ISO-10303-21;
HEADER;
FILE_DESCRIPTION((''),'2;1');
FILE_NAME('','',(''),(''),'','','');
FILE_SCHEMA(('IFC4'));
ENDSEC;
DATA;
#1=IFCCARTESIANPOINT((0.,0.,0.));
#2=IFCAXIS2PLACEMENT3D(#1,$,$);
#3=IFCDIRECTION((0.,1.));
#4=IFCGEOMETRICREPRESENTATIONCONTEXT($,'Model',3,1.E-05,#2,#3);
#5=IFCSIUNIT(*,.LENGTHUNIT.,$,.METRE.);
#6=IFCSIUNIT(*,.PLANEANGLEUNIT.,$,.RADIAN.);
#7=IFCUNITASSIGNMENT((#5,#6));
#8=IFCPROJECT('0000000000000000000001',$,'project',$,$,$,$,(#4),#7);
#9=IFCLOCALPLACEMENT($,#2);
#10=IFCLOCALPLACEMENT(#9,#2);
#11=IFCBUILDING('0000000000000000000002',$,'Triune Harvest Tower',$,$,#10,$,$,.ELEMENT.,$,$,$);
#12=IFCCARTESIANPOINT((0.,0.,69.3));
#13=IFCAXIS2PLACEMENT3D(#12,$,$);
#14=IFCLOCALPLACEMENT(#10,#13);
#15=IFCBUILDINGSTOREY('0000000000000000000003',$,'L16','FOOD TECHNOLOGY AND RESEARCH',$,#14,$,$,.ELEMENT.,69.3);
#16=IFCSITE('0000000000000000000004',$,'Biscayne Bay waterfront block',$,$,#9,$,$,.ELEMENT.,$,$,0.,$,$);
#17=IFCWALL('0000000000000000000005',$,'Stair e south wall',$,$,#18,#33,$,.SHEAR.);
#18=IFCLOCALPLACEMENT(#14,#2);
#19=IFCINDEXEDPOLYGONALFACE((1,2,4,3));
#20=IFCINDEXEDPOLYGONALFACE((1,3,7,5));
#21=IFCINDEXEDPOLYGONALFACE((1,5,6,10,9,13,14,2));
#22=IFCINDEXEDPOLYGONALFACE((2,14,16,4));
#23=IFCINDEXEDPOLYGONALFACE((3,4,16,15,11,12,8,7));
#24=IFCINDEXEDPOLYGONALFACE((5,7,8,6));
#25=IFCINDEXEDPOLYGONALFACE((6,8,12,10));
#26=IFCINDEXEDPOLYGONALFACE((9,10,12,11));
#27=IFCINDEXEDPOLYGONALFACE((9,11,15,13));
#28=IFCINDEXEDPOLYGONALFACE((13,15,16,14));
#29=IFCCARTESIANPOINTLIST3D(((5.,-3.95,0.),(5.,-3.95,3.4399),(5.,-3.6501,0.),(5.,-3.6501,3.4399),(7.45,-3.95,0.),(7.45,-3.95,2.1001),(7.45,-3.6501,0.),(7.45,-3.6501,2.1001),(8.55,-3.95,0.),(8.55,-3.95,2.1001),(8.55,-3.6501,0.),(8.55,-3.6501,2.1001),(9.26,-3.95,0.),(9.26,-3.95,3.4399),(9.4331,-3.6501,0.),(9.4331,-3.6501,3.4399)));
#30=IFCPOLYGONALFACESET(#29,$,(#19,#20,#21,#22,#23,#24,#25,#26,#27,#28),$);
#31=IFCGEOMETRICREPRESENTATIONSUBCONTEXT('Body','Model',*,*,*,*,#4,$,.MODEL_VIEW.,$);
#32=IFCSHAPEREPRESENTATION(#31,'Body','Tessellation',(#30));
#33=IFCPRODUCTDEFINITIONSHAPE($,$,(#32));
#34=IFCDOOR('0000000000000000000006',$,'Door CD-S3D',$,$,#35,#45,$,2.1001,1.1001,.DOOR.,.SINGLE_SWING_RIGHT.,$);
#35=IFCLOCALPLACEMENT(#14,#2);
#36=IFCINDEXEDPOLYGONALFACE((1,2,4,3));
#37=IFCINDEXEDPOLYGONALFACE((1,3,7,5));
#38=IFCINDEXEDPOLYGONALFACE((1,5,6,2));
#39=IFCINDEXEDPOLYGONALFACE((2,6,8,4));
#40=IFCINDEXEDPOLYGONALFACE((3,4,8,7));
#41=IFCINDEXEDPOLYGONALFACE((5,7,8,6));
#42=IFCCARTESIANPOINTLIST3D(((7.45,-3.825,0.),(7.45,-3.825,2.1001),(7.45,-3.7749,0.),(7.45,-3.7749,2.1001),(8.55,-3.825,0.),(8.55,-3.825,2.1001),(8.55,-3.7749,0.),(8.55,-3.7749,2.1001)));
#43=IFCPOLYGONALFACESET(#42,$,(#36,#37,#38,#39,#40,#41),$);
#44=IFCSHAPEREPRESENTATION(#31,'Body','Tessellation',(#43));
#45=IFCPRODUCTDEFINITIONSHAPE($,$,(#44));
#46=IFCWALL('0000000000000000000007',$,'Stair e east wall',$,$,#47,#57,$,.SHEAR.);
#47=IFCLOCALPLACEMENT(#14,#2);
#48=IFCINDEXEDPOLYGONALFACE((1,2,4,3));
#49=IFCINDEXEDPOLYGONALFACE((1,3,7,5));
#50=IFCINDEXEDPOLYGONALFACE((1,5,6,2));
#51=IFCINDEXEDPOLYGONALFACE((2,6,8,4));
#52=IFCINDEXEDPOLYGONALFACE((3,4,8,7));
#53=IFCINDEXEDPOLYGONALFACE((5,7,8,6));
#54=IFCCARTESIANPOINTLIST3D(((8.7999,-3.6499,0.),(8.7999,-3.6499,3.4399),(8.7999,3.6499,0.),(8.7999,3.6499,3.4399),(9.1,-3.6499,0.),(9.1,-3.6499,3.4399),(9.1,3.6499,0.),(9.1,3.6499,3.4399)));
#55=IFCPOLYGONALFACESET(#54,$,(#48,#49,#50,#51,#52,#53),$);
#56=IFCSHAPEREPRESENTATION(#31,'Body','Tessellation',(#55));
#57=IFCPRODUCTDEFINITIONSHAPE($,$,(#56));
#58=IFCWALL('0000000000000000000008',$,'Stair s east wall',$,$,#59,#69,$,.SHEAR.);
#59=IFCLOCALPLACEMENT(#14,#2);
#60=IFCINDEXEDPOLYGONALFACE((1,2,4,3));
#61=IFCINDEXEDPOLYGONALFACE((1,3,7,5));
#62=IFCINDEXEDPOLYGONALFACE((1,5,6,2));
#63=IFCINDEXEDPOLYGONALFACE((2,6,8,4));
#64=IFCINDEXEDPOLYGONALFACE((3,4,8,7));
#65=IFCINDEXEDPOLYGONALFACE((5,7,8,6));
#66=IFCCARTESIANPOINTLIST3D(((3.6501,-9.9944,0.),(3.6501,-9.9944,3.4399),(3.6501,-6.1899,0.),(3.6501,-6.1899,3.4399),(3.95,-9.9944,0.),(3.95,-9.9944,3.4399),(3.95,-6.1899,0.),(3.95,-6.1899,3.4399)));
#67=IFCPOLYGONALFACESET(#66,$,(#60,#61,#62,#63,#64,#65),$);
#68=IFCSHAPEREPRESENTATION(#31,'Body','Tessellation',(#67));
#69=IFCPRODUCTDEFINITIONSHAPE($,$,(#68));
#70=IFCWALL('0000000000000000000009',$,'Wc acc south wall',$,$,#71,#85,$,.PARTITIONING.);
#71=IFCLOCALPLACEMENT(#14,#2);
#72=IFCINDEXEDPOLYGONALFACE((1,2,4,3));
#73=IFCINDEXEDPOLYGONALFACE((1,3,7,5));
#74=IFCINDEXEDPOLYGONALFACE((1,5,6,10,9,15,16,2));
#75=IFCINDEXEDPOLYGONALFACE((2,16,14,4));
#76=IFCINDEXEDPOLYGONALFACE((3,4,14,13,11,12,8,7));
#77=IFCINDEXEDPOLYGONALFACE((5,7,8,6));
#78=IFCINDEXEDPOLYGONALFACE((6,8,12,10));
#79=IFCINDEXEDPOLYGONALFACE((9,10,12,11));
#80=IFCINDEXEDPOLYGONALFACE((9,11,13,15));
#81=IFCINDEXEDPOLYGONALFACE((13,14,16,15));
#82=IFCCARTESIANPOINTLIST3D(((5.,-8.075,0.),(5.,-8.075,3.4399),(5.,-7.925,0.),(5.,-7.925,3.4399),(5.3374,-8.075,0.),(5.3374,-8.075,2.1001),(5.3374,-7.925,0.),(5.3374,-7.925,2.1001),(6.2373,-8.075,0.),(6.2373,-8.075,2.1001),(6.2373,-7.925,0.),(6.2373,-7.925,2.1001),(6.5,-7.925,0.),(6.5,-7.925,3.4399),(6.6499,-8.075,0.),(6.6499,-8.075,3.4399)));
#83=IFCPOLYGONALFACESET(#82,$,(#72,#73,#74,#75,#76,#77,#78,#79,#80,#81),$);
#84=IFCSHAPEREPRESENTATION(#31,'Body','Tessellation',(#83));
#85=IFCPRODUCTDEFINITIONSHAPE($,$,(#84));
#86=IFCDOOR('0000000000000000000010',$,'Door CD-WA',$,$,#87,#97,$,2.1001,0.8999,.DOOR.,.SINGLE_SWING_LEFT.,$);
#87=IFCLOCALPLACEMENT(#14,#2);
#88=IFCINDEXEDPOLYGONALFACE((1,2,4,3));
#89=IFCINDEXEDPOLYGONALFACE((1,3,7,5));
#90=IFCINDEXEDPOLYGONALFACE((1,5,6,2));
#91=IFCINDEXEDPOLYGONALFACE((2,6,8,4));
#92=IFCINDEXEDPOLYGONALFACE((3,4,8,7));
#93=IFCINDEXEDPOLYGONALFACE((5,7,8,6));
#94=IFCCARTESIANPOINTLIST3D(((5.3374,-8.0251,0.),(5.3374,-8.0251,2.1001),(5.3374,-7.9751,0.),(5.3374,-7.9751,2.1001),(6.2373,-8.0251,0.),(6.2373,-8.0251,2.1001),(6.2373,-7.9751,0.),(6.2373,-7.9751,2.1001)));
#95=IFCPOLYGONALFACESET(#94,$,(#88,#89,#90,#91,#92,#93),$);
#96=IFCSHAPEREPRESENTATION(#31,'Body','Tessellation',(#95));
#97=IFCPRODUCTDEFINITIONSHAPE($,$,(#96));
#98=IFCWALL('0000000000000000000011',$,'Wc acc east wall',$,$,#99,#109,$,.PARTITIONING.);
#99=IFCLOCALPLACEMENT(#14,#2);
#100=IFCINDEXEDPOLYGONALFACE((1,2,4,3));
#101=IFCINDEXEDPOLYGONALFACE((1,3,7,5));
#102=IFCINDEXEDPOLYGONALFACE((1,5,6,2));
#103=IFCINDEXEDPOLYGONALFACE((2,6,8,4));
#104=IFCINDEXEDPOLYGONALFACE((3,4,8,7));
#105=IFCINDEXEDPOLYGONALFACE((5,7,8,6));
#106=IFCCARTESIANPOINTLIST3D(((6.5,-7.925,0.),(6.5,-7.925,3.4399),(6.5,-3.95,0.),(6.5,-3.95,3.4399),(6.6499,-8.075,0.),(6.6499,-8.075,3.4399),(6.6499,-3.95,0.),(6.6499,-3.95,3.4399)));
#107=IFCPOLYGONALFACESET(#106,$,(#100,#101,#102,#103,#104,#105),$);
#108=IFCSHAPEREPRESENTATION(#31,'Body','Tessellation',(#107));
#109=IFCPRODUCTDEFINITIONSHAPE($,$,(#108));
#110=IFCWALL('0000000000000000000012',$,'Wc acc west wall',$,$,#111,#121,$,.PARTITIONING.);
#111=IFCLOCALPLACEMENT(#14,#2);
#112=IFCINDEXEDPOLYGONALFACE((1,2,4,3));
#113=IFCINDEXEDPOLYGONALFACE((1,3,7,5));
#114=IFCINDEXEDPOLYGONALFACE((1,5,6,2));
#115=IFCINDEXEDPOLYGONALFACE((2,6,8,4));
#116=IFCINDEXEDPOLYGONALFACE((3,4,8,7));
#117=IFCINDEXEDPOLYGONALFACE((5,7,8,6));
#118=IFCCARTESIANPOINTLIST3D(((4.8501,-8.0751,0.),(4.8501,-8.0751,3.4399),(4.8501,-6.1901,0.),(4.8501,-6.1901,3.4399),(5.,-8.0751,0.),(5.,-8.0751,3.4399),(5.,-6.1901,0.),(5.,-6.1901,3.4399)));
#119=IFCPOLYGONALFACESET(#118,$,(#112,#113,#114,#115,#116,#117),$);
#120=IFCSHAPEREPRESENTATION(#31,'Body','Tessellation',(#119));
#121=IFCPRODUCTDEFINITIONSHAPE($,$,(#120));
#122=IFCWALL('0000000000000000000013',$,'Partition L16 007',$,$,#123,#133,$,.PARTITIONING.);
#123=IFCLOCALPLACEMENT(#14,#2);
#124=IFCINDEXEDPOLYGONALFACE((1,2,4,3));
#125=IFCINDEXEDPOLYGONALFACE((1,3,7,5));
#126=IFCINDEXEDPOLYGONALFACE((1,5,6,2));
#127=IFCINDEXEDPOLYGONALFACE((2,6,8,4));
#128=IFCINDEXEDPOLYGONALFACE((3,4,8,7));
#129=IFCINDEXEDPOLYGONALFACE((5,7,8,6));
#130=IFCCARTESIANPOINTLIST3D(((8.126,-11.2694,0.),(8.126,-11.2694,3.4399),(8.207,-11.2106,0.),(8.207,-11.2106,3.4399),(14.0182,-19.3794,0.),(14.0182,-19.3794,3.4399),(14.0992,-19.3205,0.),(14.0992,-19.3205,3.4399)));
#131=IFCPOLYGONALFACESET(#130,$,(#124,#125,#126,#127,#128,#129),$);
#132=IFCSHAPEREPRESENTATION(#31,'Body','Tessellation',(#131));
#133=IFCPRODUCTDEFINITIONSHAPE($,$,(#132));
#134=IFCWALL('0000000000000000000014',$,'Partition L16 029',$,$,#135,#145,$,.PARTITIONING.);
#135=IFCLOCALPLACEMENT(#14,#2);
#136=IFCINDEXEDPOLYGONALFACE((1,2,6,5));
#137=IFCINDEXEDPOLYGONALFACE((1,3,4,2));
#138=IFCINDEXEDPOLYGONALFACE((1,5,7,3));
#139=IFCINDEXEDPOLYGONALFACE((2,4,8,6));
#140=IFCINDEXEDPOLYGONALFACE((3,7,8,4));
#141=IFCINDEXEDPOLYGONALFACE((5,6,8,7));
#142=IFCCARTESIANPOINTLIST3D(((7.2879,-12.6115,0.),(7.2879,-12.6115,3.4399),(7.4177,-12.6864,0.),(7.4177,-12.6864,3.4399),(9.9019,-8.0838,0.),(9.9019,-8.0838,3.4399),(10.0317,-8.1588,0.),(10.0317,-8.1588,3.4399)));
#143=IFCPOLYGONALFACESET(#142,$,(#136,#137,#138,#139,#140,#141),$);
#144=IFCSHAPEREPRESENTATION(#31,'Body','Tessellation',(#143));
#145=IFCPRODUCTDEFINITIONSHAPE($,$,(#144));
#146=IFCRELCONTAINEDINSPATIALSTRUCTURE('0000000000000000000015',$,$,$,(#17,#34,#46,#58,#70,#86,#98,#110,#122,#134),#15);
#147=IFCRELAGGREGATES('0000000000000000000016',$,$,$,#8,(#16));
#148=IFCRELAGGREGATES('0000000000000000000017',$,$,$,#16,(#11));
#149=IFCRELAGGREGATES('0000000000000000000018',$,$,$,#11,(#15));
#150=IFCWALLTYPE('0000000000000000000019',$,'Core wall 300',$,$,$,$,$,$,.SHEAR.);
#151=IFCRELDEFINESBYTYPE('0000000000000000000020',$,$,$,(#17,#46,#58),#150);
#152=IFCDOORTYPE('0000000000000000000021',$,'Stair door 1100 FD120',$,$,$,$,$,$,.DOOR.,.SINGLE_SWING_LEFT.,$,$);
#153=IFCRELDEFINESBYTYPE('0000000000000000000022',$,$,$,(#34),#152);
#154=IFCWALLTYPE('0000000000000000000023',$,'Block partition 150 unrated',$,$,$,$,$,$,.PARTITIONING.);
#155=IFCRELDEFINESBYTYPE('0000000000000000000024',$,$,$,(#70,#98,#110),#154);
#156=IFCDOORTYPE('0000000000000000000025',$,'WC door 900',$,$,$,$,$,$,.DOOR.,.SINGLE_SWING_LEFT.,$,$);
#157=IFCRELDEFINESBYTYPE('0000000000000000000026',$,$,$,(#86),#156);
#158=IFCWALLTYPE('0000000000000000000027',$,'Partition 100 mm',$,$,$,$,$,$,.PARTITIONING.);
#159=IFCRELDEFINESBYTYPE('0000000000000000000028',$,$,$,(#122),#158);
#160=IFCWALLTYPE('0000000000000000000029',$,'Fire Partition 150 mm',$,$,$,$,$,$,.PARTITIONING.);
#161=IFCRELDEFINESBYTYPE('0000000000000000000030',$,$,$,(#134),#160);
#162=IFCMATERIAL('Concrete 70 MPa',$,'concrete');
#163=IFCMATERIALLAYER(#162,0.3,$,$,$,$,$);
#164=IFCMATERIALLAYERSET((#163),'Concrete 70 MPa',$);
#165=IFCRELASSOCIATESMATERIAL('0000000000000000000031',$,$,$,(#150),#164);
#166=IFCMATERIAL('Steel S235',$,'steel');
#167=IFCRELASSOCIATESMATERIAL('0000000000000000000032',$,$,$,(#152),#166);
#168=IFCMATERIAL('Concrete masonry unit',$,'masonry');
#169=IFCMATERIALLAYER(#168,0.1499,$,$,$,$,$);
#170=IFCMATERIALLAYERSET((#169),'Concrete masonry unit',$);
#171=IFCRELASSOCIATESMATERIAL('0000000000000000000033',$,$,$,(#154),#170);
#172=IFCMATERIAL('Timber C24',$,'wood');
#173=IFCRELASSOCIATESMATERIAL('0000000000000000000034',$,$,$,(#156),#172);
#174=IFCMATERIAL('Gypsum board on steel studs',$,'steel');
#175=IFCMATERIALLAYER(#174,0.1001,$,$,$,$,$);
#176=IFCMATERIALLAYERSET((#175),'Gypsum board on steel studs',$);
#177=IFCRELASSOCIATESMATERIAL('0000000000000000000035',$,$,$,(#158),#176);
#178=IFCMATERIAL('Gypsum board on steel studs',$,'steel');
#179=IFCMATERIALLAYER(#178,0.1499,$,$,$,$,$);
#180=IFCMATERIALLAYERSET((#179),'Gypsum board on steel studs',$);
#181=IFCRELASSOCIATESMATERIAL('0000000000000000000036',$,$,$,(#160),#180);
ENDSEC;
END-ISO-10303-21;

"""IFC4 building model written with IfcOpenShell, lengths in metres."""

from ifc_helpers import new_model, si_unit, direction, frame, frame_2d, origin, place, context, subcontext, project, spatial, polyline, rectangle, outline, extrude, source, transform, mapped, material, layer, layer_set, type_object, element, fill, save


model = new_model("IFC4")

# Units and contexts
model_context = context("Model", 3, precision=1e-05, world=origin(), true_north=direction((0.0, 1.0)))
body_context = subcontext(model_context, "Body", "Model", "MODEL_VIEW")
ifc_project = project(units=[si_unit("LENGTHUNIT", "METRE"), si_unit("PLANEANGLEUNIT", "RADIAN")], contexts=[model_context])

# Site, building, storey
site_placement = place(None, origin())
site = spatial("IfcSite", under=ifc_project, at=site_placement, Name="Biscayne Bay waterfront block", CompositionType="ELEMENT", RefElevation=0.0)
building_placement = place(site_placement, origin())
building = spatial("IfcBuilding", under=site, at=building_placement, Name="Triune Harvest Tower", CompositionType="ELEMENT")
storey_placement = place(building_placement, frame((0.0, 0.0, 69.3)))
storey = spatial("IfcBuildingStorey", under=building, at=storey_placement, Name="L16", Description="FOOD TECHNOLOGY AND RESEARCH", CompositionType="ELEMENT", Elevation=69.3)

# Shared definitions
ifc_material_1 = material(Name="Concrete 70 MPa", Category="concrete")
ifc_layer_1 = layer(ifc_material_1, 0.3)
ifc_layer_set_1 = layer_set([ifc_layer_1], Name="Concrete 70 MPa")
wall_type_1 = type_object("IfcWallType", Name="Core wall 300", PredefinedType="SHEAR", material=ifc_layer_set_1)

# Wall, opening, door
ifc_material_2 = material(Name="Steel S235", Category="steel")
door_type_1 = type_object("IfcDoorType", Name="Stair door 1100 FD120", OperationType="SINGLE_SWING_LEFT", PredefinedType="DOOR", material=ifc_material_2)
shared_shape_1 = source(origin(), body_context, "Body", "SweptSolid", [
    extrude(outline(polyline([(0.0, -0.1499), (0.0, 0.1499), (4.4331, 0.1499), (4.26, -0.1499), (0.0, -0.1499)])), origin(), (0.0, 0.0, 1.0), 3.4399),
])
wall_1_placement = place(storey_placement, frame((5.0, -3.8, 0.0), z_axis=(0.0, 0.0, 1.0), x_axis=(1.0, 0.0, 0.0)))
wall_1 = element("IfcWall", 1, at=wall_1_placement, inside=storey, type_object=wall_type_1, Name="Stair e south wall", PredefinedType="SHEAR", context=body_context, shape_type="MappedRepresentation", body=[
    mapped(shared_shape_1, transform((0.0, 0.0, 0.0), scale=1.0)),
])
opening_1_placement = place(wall_1_placement, frame((2.45, 0.0, 0.0)))
opening_1 = element("IfcOpeningElement", 2, at=opening_1_placement, cuts=wall_1, PredefinedType="OPENING", context=body_context, shape_type="SweptSolid", body=[
    extrude(rectangle(XDim=1.1001, YDim=2.1001, at=frame_2d((0.55, 1.05))), frame((0.0, 0.1602, 0.0), z_axis=(0.0, -1.0, 0.0), x_axis=(1.0, 0.0, 0.0)), (0.0, 0.0, 1.0), 0.3201),
])
door_1_placement = place(opening_1_placement, frame((1.1001, 0.0, 0.0), z_axis=(0.0, 0.0, 1.0), x_axis=(-1.0, 0.0, 0.0)))
door_1 = element("IfcDoor", 3, at=door_1_placement, inside=storey, type_object=door_type_1, Name="Door CD-S3D", OperationType="SINGLE_SWING_RIGHT", OverallHeight=2.1001, OverallWidth=1.1001, PredefinedType="DOOR", context=body_context, shape_type="SweptSolid", body=[
    extrude(rectangle(XDim=1.1001, YDim=2.1001, at=frame_2d((0.55, 1.05))), frame((0.0, 0.0249, 0.0), z_axis=(0.0, -1.0, 0.0), x_axis=(1.0, 0.0, 0.0)), (0.0, 0.0, 1.0), 0.05),
])
fill(opening_1, door_1)

# Walls
shared_shape_2 = source(origin(), body_context, "Body", "SweptSolid", [
    extrude(rectangle(XDim=7.2998, YDim=0.3, at=frame_2d((3.6499, 0.0))), origin(), (0.0, 0.0, 1.0), 3.4399),
])
wall_2_placement = place(storey_placement, frame((8.95, -3.6499, 0.0), z_axis=(0.0, 0.0, 1.0), x_axis=(0.0, 1.0, 0.0)))
element("IfcWall", 4, at=wall_2_placement, inside=storey, type_object=wall_type_1, Name="Stair e east wall", PredefinedType="SHEAR", context=body_context, shape_type="MappedRepresentation", body=[
    mapped(shared_shape_2, transform((0.0, 0.0, 0.0), scale=1.0)),
])
shared_shape_3 = source(origin(), body_context, "Body", "SweptSolid", [
    extrude(outline(polyline([(3.8, -0.1499), (-0.0044, -0.1499), (-0.0044, 0.1499), (3.8, 0.1499), (3.8, -0.1499)])), origin(), (0.0, 0.0, 1.0), 3.4399),
])
wall_3_placement = place(storey_placement, frame((3.8, -9.99, 0.0), z_axis=(0.0, 0.0, 1.0), x_axis=(0.0, 1.0, 0.0)))
element("IfcWall", 5, at=wall_3_placement, inside=storey, type_object=wall_type_1, Name="Stair s east wall", PredefinedType="SHEAR", context=body_context, shape_type="MappedRepresentation", body=[
    mapped(shared_shape_3, transform((0.0, 0.0, 0.0), scale=1.0)),
])

# Wall, opening, door
ifc_material_3 = material(Name="Concrete masonry unit", Category="masonry")
ifc_layer_2 = layer(ifc_material_3, 0.1499)
ifc_layer_set_2 = layer_set([ifc_layer_2], Name="Concrete masonry unit")
wall_type_2 = type_object("IfcWallType", Name="Block partition 150 unrated", PredefinedType="PARTITIONING", material=ifc_layer_set_2)
shared_shape_4 = source(origin(), body_context, "Body", "SweptSolid", [
    extrude(outline(polyline([(0.0, -0.075), (1.6499, -0.075), (1.5, 0.075), (0.0, 0.075), (0.0, -0.075)])), origin(), (0.0, 0.0, 1.0), 3.4399),
])
wall_4_placement = place(storey_placement, frame((5.0, -8.0, 0.0), z_axis=(0.0, 0.0, 1.0), x_axis=(1.0, 0.0, 0.0)))
wall_4 = element("IfcWall", 6, at=wall_4_placement, inside=storey, type_object=wall_type_2, Name="Wc acc south wall", PredefinedType="PARTITIONING", context=body_context, shape_type="MappedRepresentation", body=[
    mapped(shared_shape_4, transform((0.0, 0.0, 0.0), scale=1.0)),
])
opening_2_placement = place(wall_4_placement, frame((0.3374, 0.0, 0.0)))
opening_2 = element("IfcOpeningElement", 7, at=opening_2_placement, cuts=wall_4, PredefinedType="OPENING", context=body_context, shape_type="SweptSolid", body=[
    extrude(rectangle(XDim=0.8999, YDim=2.1001, at=frame_2d((0.45, 1.05))), frame((0.0, 0.085, 0.0), z_axis=(0.0, -1.0, 0.0), x_axis=(1.0, 0.0, 0.0)), (0.0, 0.0, 1.0), 0.1699),
])
ifc_material_4 = material(Name="Timber C24", Category="wood")
door_type_2 = type_object("IfcDoorType", Name="WC door 900", OperationType="SINGLE_SWING_LEFT", PredefinedType="DOOR", material=ifc_material_4)
door_2_placement = place(opening_2_placement, origin())
door_2 = element("IfcDoor", 8, at=door_2_placement, inside=storey, type_object=door_type_2, Name="Door CD-WA", OperationType="SINGLE_SWING_LEFT", OverallHeight=2.1001, OverallWidth=0.8999, PredefinedType="DOOR", context=body_context, shape_type="SweptSolid", body=[
    extrude(rectangle(XDim=0.8999, YDim=2.1001, at=frame_2d((0.45, 1.05))), frame((0.0, 0.0249, 0.0), z_axis=(0.0, -1.0, 0.0), x_axis=(1.0, 0.0, 0.0)), (0.0, 0.0, 1.0), 0.05),
])
fill(opening_2, door_2)

# Walls
shared_shape_5 = source(origin(), body_context, "Body", "SweptSolid", [
    extrude(outline(polyline([(-0.075, -0.075), (4.05, -0.075), (4.05, 0.075), (0.075, 0.075), (-0.075, -0.075)])), origin(), (0.0, 0.0, 1.0), 3.4399),
])
wall_5_placement = place(storey_placement, frame((6.575, -8.0, 0.0), z_axis=(0.0, 0.0, 1.0), x_axis=(0.0, 1.0, 0.0)))
element("IfcWall", 9, at=wall_5_placement, inside=storey, type_object=wall_type_2, Name="Wc acc east wall", PredefinedType="PARTITIONING", context=body_context, shape_type="MappedRepresentation", body=[
    mapped(shared_shape_5, transform((0.0, 0.0, 0.0), scale=1.0)),
])
shared_shape_6 = source(origin(), body_context, "Body", "SweptSolid", [
    extrude(rectangle(XDim=1.885, YDim=0.1499, at=frame_2d((0.9424, 0.0))), origin(), (0.0, 0.0, 1.0), 3.4399),
])
wall_6_placement = place(storey_placement, frame((4.925, -8.075, 0.0), z_axis=(0.0, 0.0, 1.0), x_axis=(0.0, 1.0, 0.0)))
element("IfcWall", 10, at=wall_6_placement, inside=storey, type_object=wall_type_2, Name="Wc acc west wall", PredefinedType="PARTITIONING", context=body_context, shape_type="MappedRepresentation", body=[
    mapped(shared_shape_6, transform((0.0, 0.0, 0.0), scale=1.0)),
])
ifc_material_5 = material(Name="Gypsum board on steel studs", Category="steel")
ifc_layer_3 = layer(ifc_material_5, 0.1001)
ifc_layer_set_3 = layer_set([ifc_layer_3], Name="Gypsum board on steel studs")
wall_type_3 = type_object("IfcWallType", Name="Partition 100 mm", PredefinedType="PARTITIONING", material=ifc_layer_set_3)
shared_shape_7 = source(origin(), body_context, "Body", "SweptSolid", [
    extrude(rectangle(XDim=10.0244, YDim=0.1001, at=frame_2d((5.0122, 0.0))), origin(), (0.0, 0.0, 1.0), 3.4399),
])
wall_7_placement = place(storey_placement, frame((8.1665, -11.24, 0.0), z_axis=(0.0, 0.0, 1.0), x_axis=(0.587781, -0.80902, 0.0)))
element("IfcWall", 11, at=wall_7_placement, inside=storey, type_object=wall_type_3, Name="Partition L16 007", PredefinedType="PARTITIONING", context=body_context, shape_type="MappedRepresentation", body=[
    mapped(shared_shape_7, transform((0.0, 0.0, 0.0), scale=1.0)),
])
ifc_material_6 = material(Name="Gypsum board on steel studs", Category="steel")
ifc_layer_4 = layer(ifc_material_6, 0.1499)
ifc_layer_set_4 = layer_set([ifc_layer_4], Name="Gypsum board on steel studs")
wall_type_4 = type_object("IfcWallType", Name="Fire Partition 150 mm", PredefinedType="PARTITIONING", material=ifc_layer_set_4)
shared_shape_8 = source(origin(), body_context, "Body", "SweptSolid", [
    extrude(rectangle(XDim=5.228, YDim=0.1499, at=frame_2d((2.614, 0.0))), origin(), (0.0, 0.0, 1.0), 3.4399),
])
wall_8_placement = place(storey_placement, frame((7.3528, -12.6489, 0.0), z_axis=(0.0, 0.0, 1.0), x_axis=(0.500001, 0.866025, 0.0)))
element("IfcWall", 12, at=wall_8_placement, inside=storey, type_object=wall_type_4, Name="Partition L16 029", PredefinedType="PARTITIONING", context=body_context, shape_type="MappedRepresentation", body=[
    mapped(shared_shape_8, transform((0.0, 0.0, 0.0), scale=1.0)),
])

save(model, "model.ifc")
